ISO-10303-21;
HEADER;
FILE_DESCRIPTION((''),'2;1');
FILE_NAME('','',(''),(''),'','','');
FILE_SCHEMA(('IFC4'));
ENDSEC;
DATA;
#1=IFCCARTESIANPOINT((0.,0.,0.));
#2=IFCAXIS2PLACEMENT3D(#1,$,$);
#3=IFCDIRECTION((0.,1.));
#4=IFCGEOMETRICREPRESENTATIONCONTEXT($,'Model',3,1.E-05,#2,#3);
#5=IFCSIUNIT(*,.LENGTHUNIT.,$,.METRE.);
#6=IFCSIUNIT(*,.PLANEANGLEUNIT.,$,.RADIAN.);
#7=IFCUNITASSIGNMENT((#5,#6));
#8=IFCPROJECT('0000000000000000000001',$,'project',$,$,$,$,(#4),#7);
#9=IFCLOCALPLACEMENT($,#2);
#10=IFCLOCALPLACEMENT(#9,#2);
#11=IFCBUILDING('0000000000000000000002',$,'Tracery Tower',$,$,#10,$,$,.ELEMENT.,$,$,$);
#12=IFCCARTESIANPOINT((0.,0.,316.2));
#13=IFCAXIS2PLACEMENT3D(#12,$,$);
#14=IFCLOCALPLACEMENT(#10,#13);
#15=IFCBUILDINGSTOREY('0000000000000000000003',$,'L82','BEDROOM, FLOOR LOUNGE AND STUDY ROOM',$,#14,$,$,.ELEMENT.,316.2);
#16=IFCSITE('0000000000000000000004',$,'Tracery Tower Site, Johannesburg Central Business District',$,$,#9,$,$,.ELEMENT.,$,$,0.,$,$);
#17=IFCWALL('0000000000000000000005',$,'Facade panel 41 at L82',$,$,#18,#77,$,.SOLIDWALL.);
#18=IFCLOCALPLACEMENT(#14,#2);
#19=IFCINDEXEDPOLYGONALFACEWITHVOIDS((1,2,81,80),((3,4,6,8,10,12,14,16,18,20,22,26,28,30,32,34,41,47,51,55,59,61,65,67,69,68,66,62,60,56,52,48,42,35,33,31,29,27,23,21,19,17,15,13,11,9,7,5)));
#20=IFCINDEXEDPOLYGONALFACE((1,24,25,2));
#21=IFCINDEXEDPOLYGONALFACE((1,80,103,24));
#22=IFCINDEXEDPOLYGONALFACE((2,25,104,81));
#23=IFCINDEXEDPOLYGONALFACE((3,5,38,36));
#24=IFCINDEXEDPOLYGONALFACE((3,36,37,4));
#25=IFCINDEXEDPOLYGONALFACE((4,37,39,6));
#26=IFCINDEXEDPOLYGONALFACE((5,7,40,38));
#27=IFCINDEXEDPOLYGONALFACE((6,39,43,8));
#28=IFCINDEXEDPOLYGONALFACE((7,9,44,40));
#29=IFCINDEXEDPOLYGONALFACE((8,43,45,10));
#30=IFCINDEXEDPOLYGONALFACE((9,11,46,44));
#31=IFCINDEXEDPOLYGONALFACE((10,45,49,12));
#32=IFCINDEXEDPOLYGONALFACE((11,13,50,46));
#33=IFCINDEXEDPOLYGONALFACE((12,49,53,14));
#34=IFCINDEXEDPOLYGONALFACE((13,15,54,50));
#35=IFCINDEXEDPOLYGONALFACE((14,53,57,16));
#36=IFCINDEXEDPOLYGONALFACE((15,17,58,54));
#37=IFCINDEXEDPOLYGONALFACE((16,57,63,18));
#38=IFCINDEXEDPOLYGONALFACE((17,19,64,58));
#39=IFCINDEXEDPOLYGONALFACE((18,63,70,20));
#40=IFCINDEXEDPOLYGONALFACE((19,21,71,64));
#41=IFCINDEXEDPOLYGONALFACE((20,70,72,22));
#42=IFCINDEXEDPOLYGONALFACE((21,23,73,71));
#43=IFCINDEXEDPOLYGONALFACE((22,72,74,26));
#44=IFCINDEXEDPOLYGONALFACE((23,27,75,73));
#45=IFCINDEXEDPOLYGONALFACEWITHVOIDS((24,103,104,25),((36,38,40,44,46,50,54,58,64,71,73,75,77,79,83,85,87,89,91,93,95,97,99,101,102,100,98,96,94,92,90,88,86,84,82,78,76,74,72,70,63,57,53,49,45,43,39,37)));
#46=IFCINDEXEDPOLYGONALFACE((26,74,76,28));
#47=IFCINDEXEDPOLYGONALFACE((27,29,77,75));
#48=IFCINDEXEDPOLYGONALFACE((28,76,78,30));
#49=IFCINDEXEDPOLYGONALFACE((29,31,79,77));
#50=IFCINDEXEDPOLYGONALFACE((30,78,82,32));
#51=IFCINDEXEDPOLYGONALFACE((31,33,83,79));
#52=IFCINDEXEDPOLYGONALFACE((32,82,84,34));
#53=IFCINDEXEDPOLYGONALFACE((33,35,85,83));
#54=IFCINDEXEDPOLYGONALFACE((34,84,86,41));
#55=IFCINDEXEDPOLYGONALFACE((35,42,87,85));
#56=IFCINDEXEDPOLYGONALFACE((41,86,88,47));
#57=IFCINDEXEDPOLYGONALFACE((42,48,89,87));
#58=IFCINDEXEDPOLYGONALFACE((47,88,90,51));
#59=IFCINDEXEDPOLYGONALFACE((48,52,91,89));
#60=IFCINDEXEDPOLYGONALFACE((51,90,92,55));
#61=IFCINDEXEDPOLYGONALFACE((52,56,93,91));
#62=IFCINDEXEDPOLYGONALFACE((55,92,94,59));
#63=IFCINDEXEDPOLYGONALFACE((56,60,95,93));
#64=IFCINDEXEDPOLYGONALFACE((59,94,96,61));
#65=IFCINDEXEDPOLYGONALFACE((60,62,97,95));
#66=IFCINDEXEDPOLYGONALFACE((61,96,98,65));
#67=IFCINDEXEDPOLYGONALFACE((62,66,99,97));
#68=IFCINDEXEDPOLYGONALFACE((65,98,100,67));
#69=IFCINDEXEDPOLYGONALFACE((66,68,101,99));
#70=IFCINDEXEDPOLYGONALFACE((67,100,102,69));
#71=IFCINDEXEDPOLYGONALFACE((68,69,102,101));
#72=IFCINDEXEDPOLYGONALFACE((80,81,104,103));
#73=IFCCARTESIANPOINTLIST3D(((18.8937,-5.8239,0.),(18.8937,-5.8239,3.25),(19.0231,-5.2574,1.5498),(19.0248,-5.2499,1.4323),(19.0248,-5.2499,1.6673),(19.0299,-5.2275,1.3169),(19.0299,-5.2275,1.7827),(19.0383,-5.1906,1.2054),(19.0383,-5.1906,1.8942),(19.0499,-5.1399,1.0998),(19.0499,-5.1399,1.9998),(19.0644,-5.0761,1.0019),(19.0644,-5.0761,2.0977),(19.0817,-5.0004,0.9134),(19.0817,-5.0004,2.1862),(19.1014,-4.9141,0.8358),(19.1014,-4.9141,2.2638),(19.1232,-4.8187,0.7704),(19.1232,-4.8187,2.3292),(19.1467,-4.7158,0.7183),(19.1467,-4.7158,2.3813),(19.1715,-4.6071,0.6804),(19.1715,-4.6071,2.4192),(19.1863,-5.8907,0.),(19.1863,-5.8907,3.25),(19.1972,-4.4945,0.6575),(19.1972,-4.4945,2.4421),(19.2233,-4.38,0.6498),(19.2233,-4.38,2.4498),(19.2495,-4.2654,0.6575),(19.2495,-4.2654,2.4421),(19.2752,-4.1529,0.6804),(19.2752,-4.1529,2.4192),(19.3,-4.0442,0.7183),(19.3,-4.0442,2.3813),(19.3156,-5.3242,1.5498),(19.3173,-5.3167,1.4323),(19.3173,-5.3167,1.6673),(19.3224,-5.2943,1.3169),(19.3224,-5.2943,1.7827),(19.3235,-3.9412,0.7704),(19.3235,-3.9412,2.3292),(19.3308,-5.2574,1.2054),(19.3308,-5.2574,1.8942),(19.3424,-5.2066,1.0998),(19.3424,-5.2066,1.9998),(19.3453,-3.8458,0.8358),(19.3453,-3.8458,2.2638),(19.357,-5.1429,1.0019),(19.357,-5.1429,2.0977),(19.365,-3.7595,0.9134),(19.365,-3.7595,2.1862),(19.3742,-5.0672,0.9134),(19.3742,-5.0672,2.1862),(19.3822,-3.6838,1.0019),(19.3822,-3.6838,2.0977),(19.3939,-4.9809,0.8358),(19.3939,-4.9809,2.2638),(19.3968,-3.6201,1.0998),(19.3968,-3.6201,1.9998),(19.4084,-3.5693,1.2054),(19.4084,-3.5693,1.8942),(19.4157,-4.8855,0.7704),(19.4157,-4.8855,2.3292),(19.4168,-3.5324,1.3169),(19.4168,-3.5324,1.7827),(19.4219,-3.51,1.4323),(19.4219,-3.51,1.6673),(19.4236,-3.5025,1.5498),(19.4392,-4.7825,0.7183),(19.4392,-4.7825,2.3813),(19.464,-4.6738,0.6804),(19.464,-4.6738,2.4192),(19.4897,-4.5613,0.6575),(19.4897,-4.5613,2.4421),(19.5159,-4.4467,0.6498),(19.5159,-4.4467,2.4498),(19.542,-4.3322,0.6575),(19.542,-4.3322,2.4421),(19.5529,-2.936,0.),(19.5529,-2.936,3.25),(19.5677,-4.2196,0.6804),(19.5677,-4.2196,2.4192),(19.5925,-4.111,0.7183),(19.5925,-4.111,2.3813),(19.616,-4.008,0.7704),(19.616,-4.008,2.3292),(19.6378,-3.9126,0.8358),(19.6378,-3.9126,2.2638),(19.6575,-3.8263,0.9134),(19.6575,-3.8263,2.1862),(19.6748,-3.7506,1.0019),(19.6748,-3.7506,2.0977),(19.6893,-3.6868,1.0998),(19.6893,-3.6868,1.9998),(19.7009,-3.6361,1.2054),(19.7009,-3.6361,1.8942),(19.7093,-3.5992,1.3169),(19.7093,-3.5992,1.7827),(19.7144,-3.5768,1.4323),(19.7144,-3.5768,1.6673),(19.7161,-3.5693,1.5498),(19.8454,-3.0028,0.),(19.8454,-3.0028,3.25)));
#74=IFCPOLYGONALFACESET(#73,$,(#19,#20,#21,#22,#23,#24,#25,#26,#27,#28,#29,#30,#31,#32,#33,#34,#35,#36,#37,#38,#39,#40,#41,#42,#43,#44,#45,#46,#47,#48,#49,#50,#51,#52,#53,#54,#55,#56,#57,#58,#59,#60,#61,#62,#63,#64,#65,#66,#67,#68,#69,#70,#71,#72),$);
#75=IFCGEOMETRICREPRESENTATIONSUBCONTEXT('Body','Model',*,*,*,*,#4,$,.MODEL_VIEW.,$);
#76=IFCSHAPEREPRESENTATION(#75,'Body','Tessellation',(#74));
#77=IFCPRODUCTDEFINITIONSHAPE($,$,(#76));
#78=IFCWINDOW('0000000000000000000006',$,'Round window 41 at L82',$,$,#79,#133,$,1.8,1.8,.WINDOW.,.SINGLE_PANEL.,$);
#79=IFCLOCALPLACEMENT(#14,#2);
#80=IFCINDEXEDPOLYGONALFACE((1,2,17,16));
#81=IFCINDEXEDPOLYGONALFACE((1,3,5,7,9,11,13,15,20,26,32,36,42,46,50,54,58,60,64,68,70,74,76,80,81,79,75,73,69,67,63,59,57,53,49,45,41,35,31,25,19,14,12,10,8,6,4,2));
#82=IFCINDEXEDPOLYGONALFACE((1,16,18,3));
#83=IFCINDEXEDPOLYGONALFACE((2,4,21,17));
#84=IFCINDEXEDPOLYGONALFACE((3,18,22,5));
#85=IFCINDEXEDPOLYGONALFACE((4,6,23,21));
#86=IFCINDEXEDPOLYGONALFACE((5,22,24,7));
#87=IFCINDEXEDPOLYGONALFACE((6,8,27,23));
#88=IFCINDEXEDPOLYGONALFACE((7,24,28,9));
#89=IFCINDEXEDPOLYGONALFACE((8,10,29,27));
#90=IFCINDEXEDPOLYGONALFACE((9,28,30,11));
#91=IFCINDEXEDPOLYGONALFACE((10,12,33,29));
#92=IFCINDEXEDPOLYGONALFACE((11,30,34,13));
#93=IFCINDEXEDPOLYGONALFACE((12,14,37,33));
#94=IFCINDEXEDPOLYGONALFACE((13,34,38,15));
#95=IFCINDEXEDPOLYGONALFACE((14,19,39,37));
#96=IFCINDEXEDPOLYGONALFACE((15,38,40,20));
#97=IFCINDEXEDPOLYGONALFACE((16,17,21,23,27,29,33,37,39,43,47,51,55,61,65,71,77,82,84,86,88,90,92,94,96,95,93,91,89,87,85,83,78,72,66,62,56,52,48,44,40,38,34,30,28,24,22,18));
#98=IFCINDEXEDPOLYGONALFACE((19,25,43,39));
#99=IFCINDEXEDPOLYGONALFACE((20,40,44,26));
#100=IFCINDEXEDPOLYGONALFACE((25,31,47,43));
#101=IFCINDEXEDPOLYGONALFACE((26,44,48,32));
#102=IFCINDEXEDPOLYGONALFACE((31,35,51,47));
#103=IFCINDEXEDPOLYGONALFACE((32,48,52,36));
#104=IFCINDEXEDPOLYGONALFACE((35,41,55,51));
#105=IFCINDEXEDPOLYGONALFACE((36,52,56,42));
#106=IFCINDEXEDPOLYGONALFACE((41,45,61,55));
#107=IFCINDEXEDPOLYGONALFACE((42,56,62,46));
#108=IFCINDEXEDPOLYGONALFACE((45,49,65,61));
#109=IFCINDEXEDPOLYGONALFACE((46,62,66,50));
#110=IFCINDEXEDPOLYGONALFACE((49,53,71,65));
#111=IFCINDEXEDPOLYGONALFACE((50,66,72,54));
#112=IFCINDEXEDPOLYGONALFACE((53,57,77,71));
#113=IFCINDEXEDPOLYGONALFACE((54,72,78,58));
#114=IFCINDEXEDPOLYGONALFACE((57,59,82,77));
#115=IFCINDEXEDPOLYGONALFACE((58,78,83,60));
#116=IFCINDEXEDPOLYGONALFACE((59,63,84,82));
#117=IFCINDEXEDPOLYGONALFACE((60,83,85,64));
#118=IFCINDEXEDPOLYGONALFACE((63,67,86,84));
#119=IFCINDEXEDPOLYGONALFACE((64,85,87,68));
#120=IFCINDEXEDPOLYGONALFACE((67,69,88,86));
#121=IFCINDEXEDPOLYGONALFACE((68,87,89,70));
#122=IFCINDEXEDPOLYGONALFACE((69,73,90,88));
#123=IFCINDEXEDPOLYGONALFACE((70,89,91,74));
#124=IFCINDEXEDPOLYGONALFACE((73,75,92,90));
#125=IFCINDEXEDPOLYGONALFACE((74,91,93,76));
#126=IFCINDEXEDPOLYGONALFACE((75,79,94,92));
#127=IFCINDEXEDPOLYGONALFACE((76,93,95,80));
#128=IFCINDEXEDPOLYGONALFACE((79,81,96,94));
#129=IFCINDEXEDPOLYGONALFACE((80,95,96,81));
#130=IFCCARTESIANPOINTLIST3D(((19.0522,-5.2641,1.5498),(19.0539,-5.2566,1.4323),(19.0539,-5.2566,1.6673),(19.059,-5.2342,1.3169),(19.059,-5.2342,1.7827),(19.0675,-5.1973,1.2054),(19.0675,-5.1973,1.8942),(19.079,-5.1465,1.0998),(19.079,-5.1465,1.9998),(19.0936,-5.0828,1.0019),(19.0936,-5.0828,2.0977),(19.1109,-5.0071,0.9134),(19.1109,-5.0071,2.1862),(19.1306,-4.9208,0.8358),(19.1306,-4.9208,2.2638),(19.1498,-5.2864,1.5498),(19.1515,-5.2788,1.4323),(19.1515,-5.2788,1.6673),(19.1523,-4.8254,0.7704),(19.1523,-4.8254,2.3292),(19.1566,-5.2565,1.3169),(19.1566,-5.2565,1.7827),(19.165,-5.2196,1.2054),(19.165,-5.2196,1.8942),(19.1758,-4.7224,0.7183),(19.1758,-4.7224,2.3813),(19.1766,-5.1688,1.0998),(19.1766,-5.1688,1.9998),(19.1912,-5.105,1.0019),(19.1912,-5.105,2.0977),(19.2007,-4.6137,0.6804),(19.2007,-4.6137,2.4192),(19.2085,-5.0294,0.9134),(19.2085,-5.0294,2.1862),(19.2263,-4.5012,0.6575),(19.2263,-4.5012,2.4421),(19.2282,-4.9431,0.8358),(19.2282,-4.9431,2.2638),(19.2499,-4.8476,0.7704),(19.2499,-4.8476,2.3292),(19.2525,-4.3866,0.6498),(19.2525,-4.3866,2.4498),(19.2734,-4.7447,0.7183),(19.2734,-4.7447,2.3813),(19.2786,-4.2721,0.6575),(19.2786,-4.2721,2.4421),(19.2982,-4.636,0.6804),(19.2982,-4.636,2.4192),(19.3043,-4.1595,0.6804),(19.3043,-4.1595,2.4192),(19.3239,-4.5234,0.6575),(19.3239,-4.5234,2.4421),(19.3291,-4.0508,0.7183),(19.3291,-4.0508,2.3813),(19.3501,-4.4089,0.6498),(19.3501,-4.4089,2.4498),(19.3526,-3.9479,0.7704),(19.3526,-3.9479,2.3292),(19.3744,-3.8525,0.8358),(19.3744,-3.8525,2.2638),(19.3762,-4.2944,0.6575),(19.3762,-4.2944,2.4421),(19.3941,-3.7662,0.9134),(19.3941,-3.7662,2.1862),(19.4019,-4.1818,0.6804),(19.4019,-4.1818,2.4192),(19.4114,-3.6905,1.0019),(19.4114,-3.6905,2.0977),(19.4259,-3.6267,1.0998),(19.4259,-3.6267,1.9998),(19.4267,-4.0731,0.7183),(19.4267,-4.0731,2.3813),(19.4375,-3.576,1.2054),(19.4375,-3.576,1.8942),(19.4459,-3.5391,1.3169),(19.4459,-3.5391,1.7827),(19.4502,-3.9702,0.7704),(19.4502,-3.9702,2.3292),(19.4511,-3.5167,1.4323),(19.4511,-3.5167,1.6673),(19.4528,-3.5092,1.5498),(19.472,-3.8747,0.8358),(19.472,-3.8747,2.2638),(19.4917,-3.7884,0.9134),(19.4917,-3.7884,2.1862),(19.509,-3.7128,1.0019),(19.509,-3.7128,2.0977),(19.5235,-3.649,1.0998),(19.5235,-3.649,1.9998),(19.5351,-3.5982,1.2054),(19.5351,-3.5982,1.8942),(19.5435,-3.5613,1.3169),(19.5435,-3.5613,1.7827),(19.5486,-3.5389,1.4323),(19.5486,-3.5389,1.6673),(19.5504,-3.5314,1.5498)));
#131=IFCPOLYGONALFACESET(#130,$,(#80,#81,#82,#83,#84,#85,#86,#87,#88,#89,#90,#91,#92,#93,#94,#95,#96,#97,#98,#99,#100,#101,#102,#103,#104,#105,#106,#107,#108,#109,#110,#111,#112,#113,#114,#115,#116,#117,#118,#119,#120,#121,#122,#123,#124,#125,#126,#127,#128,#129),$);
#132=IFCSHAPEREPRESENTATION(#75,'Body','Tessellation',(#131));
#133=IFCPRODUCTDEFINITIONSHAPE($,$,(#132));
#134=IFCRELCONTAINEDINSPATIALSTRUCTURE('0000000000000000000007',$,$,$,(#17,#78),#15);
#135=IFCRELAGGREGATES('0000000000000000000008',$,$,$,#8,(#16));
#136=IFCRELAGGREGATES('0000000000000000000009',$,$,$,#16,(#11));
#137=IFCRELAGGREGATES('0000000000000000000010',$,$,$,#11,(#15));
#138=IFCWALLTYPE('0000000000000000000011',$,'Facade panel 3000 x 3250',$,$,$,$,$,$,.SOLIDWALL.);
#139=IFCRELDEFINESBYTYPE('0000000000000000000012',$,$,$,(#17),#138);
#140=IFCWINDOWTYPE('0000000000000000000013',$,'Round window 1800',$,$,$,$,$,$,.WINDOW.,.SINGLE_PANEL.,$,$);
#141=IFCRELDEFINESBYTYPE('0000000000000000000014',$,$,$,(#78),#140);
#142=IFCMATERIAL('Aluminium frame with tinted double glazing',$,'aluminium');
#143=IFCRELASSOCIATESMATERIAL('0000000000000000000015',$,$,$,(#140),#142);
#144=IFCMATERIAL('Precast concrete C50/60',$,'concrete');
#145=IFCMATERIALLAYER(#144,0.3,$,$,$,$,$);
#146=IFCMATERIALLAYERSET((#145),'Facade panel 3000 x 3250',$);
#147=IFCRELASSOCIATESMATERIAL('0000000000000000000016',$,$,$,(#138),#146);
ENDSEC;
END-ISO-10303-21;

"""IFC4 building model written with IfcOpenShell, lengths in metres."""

from ifc_helpers import new_model, si_unit, direction, frame, frame_2d, origin, origin_2d, place, context, subcontext, project, spatial, rectangle, circle, extrude, material, layer, layer_set, type_object, element, fill, save


model = new_model("IFC4")

# Units and contexts
model_context = context("Model", 3, precision=1e-05, world=origin(), true_north=direction((0.0, 1.0)))
body_context = subcontext(model_context, "Body", "Model", "MODEL_VIEW")
ifc_project = project(units=[si_unit("LENGTHUNIT", "METRE"), si_unit("PLANEANGLEUNIT", "RADIAN")], contexts=[model_context])

# Site, building, storey
site_placement = place(None, origin())
site = spatial("IfcSite", under=ifc_project, at=site_placement, Name="Tracery Tower Site, Johannesburg Central Business District", CompositionType="ELEMENT", RefElevation=0.0)
building_placement = place(site_placement, origin())
building = spatial("IfcBuilding", under=site, at=building_placement, Name="Tracery Tower", CompositionType="ELEMENT")
storey_placement = place(building_placement, frame((0.0, 0.0, 316.2)))
storey = spatial("IfcBuildingStorey", under=building, at=storey_placement, Name="L82", Description="BEDROOM, FLOOR LOUNGE AND STUDY ROOM", CompositionType="ELEMENT", Elevation=316.2)

# Wall, opening, window
ifc_material_1 = material(Name="Aluminium frame with tinted double glazing", Category="aluminium")
window_type = type_object("IfcWindowType", Name="Round window 1800", PartitioningType="SINGLE_PANEL", PredefinedType="WINDOW", material=ifc_material_1)
ifc_material_2 = material(Name="Precast concrete C50/60", Category="concrete")
ifc_layer_1 = layer(ifc_material_2, 0.3)
ifc_layer_set_1 = layer_set([ifc_layer_1], Name="Facade panel 3000 x 3250")
wall_type_1 = type_object("IfcWallType", Name="Facade panel 3000 x 3250", PredefinedType="SOLIDWALL", material=ifc_layer_set_1)
wall_1_placement = place(storey_placement, frame((19.04, -5.8572, 0.0), z_axis=(0.0, 0.0, 1.0), x_axis=(0.222529, 0.974926, 0.0)))
wall_1 = element("IfcWall", 1, at=wall_1_placement, inside=storey, type_object=wall_type_1, Name="Facade panel 41 at L82", PredefinedType="SOLIDWALL", context=body_context, shape_type="SweptSolid", body=[
    extrude(rectangle(XDim=2.9622, YDim=0.3, at=frame_2d((1.481, 0.0))), origin(), (0.0, 0.0, 1.0), 3.25),
])
opening_1_placement = place(wall_1_placement, frame((1.481, 0.0, 1.5498)))
opening_1 = element("IfcOpeningElement", 2, at=opening_1_placement, cuts=wall_1, PredefinedType="OPENING", context=body_context, shape_type="SweptSolid", body=[
    extrude(circle(Radius=0.9, at=origin_2d()), frame((0.0, 0.1599, 0.0), z_axis=(0.0, -1.0, 0.0), x_axis=(1.0, 0.0, 0.0)), (0.0, 0.0, 1.0), 0.3201),
])
window_1_placement = place(opening_1_placement, origin())
window_1 = element("IfcWindow", 3, at=window_1_placement, inside=storey, type_object=window_type, Name="Round window 41 at L82", OverallHeight=1.8, OverallWidth=1.8, PartitioningType="SINGLE_PANEL", PredefinedType="WINDOW", context=body_context, shape_type="SweptSolid", body=[
    extrude(circle(Radius=0.9, at=origin_2d()), frame((0.0, 0.1201, 0.0), z_axis=(0.0, -1.0, 0.0), x_axis=(1.0, 0.0, 0.0)), (0.0, 0.0, 1.0), 0.1001),
])
fill(opening_1, window_1)

save(model, "model.ifc")
